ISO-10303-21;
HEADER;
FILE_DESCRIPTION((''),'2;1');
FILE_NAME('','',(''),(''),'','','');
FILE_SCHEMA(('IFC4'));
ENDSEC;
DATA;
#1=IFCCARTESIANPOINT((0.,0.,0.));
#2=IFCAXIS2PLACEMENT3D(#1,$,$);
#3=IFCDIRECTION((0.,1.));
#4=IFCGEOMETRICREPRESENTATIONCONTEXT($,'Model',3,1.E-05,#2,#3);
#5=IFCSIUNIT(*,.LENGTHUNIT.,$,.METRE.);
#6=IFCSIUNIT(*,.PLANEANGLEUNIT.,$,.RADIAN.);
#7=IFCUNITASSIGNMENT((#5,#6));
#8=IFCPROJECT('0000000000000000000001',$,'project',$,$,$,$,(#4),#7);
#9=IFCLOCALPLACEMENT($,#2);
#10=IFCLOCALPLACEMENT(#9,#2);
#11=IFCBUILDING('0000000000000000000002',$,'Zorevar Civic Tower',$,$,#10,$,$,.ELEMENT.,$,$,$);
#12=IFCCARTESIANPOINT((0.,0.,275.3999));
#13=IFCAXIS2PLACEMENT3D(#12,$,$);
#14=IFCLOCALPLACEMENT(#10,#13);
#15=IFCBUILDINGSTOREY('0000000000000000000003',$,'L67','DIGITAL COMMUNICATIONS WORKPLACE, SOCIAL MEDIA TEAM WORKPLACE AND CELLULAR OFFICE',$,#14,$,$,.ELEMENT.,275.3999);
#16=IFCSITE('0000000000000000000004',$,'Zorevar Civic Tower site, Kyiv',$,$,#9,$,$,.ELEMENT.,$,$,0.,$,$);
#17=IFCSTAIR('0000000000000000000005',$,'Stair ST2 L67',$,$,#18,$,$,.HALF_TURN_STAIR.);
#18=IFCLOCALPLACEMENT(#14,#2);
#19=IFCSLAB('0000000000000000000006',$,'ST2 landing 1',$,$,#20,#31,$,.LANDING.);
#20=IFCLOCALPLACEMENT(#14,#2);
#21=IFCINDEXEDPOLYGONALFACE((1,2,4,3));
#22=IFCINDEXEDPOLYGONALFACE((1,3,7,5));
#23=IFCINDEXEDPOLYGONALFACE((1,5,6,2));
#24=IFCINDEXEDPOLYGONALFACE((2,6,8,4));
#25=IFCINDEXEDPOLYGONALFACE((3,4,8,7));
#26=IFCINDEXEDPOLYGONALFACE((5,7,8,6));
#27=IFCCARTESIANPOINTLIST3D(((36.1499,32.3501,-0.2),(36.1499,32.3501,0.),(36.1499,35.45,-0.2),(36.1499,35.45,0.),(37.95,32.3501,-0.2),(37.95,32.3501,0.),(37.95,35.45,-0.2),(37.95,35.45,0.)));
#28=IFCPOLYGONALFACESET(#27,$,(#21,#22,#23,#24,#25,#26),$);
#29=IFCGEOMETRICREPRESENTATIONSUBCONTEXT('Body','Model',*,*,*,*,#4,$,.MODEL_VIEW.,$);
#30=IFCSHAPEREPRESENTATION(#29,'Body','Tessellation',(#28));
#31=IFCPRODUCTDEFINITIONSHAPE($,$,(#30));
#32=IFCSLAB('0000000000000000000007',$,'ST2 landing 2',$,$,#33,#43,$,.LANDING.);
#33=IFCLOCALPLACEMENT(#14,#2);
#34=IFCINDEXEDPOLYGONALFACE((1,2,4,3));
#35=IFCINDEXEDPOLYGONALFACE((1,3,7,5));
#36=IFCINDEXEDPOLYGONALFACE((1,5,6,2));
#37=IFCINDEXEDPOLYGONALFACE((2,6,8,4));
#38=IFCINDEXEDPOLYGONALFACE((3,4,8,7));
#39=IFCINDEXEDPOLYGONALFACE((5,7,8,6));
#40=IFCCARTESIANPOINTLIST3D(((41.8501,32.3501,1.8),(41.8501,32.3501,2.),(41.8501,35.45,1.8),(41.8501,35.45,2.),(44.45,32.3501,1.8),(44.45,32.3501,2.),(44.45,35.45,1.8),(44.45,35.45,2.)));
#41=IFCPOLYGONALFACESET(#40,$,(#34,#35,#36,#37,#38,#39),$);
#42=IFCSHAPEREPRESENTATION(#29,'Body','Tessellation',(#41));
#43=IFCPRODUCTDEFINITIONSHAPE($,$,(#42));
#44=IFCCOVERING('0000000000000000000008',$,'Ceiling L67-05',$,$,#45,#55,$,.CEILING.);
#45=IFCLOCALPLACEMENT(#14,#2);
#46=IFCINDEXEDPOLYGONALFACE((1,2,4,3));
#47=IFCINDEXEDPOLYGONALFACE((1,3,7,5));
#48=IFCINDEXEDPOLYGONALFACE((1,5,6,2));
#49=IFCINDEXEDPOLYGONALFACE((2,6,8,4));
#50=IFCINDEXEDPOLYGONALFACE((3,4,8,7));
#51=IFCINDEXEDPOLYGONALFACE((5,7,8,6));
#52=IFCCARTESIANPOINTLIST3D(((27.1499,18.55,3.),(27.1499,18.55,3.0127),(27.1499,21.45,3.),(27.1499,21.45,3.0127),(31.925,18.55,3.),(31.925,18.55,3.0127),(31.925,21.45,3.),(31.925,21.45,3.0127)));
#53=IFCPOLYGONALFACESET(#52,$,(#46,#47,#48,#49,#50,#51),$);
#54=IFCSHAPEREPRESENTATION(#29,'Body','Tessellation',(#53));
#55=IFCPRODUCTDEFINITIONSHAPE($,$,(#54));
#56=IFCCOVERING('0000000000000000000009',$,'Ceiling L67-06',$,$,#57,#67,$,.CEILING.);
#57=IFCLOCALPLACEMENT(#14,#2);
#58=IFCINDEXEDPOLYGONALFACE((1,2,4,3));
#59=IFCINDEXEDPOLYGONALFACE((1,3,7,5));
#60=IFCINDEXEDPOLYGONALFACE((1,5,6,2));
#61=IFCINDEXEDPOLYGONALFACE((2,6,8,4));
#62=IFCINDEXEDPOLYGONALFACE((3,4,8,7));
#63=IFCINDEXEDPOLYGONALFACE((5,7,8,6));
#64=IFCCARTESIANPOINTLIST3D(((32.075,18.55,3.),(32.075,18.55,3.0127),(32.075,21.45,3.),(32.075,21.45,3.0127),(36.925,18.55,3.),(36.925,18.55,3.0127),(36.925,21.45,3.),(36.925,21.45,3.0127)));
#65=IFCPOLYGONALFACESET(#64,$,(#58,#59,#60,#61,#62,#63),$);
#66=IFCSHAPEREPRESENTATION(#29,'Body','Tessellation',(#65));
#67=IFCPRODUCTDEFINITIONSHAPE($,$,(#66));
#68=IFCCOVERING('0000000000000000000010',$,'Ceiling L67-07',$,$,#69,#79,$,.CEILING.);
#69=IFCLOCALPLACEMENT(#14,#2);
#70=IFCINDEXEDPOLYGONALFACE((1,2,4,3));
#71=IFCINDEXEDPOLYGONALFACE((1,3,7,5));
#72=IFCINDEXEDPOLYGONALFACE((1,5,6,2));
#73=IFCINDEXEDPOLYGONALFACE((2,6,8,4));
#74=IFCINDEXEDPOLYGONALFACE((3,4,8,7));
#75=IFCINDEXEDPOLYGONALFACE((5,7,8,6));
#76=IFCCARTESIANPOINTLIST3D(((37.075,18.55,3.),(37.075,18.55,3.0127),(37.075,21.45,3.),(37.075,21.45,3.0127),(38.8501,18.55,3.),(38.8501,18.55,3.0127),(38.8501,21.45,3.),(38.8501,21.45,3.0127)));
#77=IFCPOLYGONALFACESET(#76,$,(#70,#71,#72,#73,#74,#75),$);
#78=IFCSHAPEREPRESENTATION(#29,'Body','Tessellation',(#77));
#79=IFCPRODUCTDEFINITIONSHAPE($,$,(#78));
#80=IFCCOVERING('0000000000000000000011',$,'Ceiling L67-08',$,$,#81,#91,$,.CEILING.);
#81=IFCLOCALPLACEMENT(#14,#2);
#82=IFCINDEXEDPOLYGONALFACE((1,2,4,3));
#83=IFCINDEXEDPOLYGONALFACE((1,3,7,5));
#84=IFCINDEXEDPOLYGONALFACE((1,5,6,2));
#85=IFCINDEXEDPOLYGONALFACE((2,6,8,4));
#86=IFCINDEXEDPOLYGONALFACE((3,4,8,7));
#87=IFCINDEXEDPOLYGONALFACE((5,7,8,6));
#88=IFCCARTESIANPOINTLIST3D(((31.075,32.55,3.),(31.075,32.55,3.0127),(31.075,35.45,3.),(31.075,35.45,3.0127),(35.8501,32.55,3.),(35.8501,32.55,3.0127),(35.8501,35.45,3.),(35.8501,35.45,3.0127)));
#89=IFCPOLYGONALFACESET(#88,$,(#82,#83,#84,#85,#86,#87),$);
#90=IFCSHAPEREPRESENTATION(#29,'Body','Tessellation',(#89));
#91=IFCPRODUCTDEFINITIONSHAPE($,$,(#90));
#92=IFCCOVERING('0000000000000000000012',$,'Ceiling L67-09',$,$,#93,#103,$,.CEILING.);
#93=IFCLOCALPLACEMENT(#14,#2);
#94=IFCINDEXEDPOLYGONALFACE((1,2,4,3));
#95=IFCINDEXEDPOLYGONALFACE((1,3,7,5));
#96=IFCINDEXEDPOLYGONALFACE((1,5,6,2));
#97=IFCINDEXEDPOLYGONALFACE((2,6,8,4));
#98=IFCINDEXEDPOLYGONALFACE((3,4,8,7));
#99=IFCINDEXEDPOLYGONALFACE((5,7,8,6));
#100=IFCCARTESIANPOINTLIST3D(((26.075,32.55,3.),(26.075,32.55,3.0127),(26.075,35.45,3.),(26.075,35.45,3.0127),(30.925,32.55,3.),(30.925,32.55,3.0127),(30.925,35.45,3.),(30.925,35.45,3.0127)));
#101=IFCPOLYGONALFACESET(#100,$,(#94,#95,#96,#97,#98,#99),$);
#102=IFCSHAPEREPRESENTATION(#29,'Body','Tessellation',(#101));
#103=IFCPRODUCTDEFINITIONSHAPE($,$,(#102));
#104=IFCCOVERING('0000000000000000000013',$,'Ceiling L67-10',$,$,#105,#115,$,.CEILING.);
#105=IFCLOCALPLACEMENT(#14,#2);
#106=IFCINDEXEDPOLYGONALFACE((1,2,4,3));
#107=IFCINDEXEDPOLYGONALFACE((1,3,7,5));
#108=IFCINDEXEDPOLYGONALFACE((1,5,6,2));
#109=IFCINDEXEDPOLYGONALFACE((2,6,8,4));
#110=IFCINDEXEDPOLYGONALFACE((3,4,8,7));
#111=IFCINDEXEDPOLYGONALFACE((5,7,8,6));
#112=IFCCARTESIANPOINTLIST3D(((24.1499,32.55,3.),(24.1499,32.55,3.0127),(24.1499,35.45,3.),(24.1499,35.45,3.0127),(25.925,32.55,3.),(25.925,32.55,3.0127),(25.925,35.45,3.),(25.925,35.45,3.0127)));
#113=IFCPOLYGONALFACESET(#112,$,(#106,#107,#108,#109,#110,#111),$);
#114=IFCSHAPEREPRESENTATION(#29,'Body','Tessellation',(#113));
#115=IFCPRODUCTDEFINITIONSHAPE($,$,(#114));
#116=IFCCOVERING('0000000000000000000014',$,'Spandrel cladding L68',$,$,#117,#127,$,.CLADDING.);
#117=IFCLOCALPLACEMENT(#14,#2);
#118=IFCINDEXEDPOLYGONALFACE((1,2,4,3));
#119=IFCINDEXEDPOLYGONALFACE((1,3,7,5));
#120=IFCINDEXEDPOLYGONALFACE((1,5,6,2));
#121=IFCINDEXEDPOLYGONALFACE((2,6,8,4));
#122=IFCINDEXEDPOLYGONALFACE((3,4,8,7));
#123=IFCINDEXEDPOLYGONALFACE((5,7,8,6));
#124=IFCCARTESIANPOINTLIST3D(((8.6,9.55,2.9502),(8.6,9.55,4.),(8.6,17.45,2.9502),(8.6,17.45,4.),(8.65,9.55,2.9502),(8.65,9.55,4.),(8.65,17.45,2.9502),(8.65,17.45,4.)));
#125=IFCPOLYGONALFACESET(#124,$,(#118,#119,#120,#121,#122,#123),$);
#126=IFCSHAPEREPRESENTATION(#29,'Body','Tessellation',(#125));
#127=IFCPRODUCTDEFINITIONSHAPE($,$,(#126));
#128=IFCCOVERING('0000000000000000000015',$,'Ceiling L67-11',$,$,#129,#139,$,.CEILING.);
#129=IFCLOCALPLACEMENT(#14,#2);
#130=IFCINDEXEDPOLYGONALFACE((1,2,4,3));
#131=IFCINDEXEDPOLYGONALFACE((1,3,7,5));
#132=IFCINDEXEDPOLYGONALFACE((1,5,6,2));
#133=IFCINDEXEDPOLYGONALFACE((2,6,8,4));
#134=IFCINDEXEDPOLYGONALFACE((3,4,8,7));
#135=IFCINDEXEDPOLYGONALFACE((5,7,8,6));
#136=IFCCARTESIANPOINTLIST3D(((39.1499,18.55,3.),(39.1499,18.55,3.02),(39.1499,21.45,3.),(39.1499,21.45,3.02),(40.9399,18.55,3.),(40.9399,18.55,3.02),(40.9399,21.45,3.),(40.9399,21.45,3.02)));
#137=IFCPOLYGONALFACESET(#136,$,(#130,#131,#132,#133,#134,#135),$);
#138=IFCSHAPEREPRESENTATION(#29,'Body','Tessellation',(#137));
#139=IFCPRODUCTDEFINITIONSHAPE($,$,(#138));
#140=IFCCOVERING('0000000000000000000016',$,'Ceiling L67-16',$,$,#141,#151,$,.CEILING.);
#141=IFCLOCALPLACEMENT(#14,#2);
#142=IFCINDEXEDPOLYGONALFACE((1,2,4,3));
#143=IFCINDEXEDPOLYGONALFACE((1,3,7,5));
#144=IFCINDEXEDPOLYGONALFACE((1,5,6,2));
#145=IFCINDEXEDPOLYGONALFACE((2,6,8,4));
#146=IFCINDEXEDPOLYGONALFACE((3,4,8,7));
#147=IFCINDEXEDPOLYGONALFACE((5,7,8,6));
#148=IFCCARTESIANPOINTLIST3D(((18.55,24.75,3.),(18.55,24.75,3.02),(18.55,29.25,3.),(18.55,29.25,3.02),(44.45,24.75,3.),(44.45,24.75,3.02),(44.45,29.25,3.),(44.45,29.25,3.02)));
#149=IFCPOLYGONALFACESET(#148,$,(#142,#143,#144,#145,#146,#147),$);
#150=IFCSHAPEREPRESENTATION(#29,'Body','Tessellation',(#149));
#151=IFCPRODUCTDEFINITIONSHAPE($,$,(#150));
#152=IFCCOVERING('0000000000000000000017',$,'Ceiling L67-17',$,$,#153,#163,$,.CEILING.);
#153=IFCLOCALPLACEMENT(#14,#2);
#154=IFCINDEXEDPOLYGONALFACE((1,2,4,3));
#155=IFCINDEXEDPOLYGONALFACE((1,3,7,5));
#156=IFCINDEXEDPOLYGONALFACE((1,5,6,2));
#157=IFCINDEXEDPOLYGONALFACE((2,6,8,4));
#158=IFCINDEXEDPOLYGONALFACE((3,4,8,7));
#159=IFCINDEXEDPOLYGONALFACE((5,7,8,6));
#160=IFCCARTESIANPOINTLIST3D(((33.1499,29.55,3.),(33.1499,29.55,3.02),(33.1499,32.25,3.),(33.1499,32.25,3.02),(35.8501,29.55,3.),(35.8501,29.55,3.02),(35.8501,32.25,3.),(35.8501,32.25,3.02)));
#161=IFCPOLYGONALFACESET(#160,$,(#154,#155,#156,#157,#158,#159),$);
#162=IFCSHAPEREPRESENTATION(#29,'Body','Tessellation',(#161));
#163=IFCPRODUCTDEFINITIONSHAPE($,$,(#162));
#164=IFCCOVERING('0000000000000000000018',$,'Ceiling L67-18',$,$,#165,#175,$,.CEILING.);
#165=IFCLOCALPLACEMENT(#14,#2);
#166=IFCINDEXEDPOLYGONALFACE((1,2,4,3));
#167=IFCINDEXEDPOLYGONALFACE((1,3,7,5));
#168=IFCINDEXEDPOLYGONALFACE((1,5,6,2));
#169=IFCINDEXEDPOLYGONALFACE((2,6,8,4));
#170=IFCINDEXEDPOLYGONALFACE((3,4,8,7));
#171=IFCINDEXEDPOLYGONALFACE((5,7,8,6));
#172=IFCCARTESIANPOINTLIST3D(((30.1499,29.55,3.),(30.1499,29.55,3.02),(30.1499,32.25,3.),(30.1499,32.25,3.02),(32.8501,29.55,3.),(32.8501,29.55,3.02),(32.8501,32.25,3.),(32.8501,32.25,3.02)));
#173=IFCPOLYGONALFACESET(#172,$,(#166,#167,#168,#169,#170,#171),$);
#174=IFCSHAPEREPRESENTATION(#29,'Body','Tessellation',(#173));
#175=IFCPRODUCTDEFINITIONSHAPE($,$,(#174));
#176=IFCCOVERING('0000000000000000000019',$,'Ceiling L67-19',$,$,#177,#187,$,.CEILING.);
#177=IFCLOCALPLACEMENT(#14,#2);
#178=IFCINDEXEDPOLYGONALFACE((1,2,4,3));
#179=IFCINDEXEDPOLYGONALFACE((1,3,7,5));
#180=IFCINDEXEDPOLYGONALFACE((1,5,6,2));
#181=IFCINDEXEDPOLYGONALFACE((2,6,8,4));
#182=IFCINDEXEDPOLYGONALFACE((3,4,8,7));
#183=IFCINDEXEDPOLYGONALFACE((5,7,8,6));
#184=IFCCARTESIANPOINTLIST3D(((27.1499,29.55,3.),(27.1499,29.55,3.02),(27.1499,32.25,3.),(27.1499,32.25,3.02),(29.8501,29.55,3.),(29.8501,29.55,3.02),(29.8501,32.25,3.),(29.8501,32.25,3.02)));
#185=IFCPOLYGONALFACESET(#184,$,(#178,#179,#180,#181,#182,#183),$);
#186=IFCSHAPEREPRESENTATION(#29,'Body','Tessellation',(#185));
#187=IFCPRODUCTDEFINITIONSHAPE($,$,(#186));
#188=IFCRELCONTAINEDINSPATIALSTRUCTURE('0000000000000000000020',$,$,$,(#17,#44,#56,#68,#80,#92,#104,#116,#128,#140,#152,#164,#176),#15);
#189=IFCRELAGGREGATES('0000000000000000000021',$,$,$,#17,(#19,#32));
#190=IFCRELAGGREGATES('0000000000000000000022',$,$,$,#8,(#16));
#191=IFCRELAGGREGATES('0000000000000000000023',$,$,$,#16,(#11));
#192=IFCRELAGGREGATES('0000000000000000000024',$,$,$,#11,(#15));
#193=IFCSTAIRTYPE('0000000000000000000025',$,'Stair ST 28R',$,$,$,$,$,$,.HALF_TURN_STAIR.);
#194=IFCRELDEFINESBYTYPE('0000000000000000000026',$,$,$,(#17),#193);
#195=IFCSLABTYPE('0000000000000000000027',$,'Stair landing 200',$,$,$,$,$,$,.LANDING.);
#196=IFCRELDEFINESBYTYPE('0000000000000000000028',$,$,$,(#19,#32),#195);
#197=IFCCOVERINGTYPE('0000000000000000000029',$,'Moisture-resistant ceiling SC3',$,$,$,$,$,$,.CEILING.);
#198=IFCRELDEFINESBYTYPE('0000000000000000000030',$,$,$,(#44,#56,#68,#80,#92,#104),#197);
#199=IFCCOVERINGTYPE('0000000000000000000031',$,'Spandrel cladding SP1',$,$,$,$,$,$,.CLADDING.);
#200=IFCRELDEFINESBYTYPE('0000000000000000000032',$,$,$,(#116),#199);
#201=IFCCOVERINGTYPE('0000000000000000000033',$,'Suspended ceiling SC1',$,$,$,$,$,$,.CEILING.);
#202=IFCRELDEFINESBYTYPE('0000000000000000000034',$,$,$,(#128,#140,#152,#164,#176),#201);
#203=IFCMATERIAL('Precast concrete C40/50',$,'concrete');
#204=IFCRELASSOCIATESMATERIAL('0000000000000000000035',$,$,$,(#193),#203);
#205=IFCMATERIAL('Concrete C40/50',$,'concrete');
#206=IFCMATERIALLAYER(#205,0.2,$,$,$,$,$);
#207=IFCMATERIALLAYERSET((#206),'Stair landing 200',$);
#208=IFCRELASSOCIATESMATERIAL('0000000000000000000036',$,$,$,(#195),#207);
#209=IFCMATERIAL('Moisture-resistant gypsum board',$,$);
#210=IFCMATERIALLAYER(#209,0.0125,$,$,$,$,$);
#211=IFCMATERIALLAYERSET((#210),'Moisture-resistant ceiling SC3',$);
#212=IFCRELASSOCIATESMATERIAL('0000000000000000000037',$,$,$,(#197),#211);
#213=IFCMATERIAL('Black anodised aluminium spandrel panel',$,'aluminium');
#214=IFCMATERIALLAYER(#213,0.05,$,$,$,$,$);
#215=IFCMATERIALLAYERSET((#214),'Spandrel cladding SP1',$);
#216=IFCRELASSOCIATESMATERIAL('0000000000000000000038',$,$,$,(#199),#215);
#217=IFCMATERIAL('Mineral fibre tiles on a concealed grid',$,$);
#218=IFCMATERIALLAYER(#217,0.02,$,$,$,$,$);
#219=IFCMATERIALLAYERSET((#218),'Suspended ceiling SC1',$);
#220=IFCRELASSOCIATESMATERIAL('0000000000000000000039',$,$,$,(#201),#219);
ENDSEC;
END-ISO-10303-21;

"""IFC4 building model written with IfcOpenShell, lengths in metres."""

from ifc_helpers import new_model, si_unit, direction, frame, frame_2d, origin, place, context, subcontext, project, spatial, polyline, rectangle, outline, extrude, material, layer, layer_set, type_object, element, aggregate, save


model = new_model("IFC4")

# Units and contexts
model_context = context("Model", 3, precision=1e-05, world=origin(), true_north=direction((0.0, 1.0)))
body_context = subcontext(model_context, "Body", "Model", "MODEL_VIEW")
ifc_project = project(units=[si_unit("LENGTHUNIT", "METRE"), si_unit("PLANEANGLEUNIT", "RADIAN")], contexts=[model_context])

# Site, building, storey
site_placement = place(None, origin())
site = spatial("IfcSite", under=ifc_project, at=site_placement, Name="Zorevar Civic Tower site, Kyiv", CompositionType="ELEMENT", RefElevation=0.0)
building_placement = place(site_placement, origin())
building = spatial("IfcBuilding", under=site, at=building_placement, Name="Zorevar Civic Tower", CompositionType="ELEMENT")
storey_placement = place(building_placement, frame((0.0, 0.0, 275.3999)))
storey = spatial("IfcBuildingStorey", under=building, at=storey_placement, Name="L67", Description="DIGITAL COMMUNICATIONS WORKPLACE, SOCIAL MEDIA TEAM WORKPLACE AND CELLULAR OFFICE", CompositionType="ELEMENT", Elevation=275.3999)

# Stair, slabs
ifc_material_1 = material(Name="Precast concrete C40/50", Category="concrete")
stair_type = type_object("IfcStairType", Name="Stair ST 28R", PredefinedType="HALF_TURN_STAIR", material=ifc_material_1)
ifc_material_2 = material(Name="Concrete C40/50", Category="concrete")
ifc_layer_1 = layer(ifc_material_2, 0.2)
ifc_layer_set_1 = layer_set([ifc_layer_1], Name="Stair landing 200")
slab_type_1 = type_object("IfcSlabType", Name="Stair landing 200", PredefinedType="LANDING", material=ifc_layer_set_1)
stair_1_placement = place(storey_placement, origin())
stair_1 = element("IfcStair", 1, at=stair_1_placement, inside=storey, type_object=stair_type, Name="Stair ST2 L67", PredefinedType="HALF_TURN_STAIR")
slab_1_placement = place(storey_placement, frame((0.0, 0.0, -0.2)))
slab_1 = element("IfcSlab", 2, at=slab_1_placement, type_object=slab_type_1, Name="ST2 landing 1", PredefinedType="LANDING", context=body_context, shape_type="SweptSolid", body=[
    extrude(outline(polyline([(37.95, 32.3501), (36.1499, 32.3501), (36.1499, 35.45), (37.95, 35.45), (37.95, 32.3501)])), origin(), (0.0, 0.0, 1.0), 0.2),
])
slab_2_placement = place(storey_placement, frame((0.0, 0.0, 1.8)))
slab_2 = element("IfcSlab", 3, at=slab_2_placement, type_object=slab_type_1, Name="ST2 landing 2", PredefinedType="LANDING", context=body_context, shape_type="SweptSolid", body=[
    extrude(outline(polyline([(44.45, 32.3501), (41.8501, 32.3501), (41.8501, 35.45), (44.45, 35.45), (44.45, 32.3501)])), origin(), (0.0, 0.0, 1.0), 0.2),
])
aggregate(stair_1, [slab_1, slab_2])

# Coverings
ifc_material_3 = material(Name="Moisture-resistant gypsum board")
ifc_layer_2 = layer(ifc_material_3, 0.0125)
ifc_layer_set_2 = layer_set([ifc_layer_2], Name="Moisture-resistant ceiling SC3")
covering_type_1 = type_object("IfcCoveringType", Name="Moisture-resistant ceiling SC3", PredefinedType="CEILING", material=ifc_layer_set_2)
covering_1_placement = place(storey_placement, frame((0.0, 0.0, 3.0)))
element("IfcCovering", 4, at=covering_1_placement, inside=storey, type_object=covering_type_1, Name="Ceiling L67-05", PredefinedType="CEILING", context=body_context, shape_type="SweptSolid", body=[
    extrude(outline(polyline([(31.925, 18.55), (31.925, 21.45), (27.1499, 21.45), (27.1499, 18.55), (31.925, 18.55)])), origin(), (0.0, 0.0, 1.0), 0.0127),
])
covering_2_placement = place(storey_placement, frame((0.0, 0.0, 3.0)))
element("IfcCovering", 5, at=covering_2_placement, inside=storey, type_object=covering_type_1, Name="Ceiling L67-06", PredefinedType="CEILING", context=body_context, shape_type="SweptSolid", body=[
    extrude(outline(polyline([(36.925, 18.55), (36.925, 21.45), (32.075, 21.45), (32.075, 18.55), (36.925, 18.55)])), origin(), (0.0, 0.0, 1.0), 0.0127),
])
covering_3_placement = place(storey_placement, frame((0.0, 0.0, 3.0)))
element("IfcCovering", 6, at=covering_3_placement, inside=storey, type_object=covering_type_1, Name="Ceiling L67-07", PredefinedType="CEILING", context=body_context, shape_type="SweptSolid", body=[
    extrude(outline(polyline([(38.8501, 18.55), (38.8501, 21.45), (37.075, 21.45), (37.075, 18.55), (38.8501, 18.55)])), origin(), (0.0, 0.0, 1.0), 0.0127),
])
covering_4_placement = place(storey_placement, frame((0.0, 0.0, 3.0)))
element("IfcCovering", 7, at=covering_4_placement, inside=storey, type_object=covering_type_1, Name="Ceiling L67-08", PredefinedType="CEILING", context=body_context, shape_type="SweptSolid", body=[
    extrude(outline(polyline([(35.8501, 32.55), (35.8501, 35.45), (31.075, 35.45), (31.075, 32.55), (35.8501, 32.55)])), origin(), (0.0, 0.0, 1.0), 0.0127),
])
covering_5_placement = place(storey_placement, frame((0.0, 0.0, 3.0)))
element("IfcCovering", 8, at=covering_5_placement, inside=storey, type_object=covering_type_1, Name="Ceiling L67-09", PredefinedType="CEILING", context=body_context, shape_type="SweptSolid", body=[
    extrude(outline(polyline([(30.925, 32.55), (30.925, 35.45), (26.075, 35.45), (26.075, 32.55), (30.925, 32.55)])), origin(), (0.0, 0.0, 1.0), 0.0127),
])
covering_6_placement = place(storey_placement, frame((0.0, 0.0, 3.0)))
element("IfcCovering", 9, at=covering_6_placement, inside=storey, type_object=covering_type_1, Name="Ceiling L67-10", PredefinedType="CEILING", context=body_context, shape_type="SweptSolid", body=[
    extrude(outline(polyline([(25.925, 32.55), (25.925, 35.45), (24.1499, 35.45), (24.1499, 32.55), (25.925, 32.55)])), origin(), (0.0, 0.0, 1.0), 0.0127),
])
ifc_material_4 = material(Name="Black anodised aluminium spandrel panel", Category="aluminium")
ifc_layer_3 = layer(ifc_material_4, 0.05)
ifc_layer_set_3 = layer_set([ifc_layer_3], Name="Spandrel cladding SP1")
covering_type_2 = type_object("IfcCoveringType", Name="Spandrel cladding SP1", PredefinedType="CLADDING", material=ifc_layer_set_3)
covering_7_placement = place(storey_placement, frame((8.625, 9.55, 2.9502), z_axis=(0.0, 0.0, 1.0), x_axis=(0.0, 1.0, 0.0)))
element("IfcCovering", 10, at=covering_7_placement, inside=storey, type_object=covering_type_2, Name="Spandrel cladding L68", PredefinedType="CLADDING", context=body_context, shape_type="SweptSolid", body=[
    extrude(rectangle(XDim=7.8999, YDim=0.05, at=frame_2d((3.95, 0.0))), origin(), (0.0, 0.0, 1.0), 1.0498),
])
ifc_material_5 = material(Name="Mineral fibre tiles on a concealed grid")
ifc_layer_4 = layer(ifc_material_5, 0.02)
ifc_layer_set_4 = layer_set([ifc_layer_4], Name="Suspended ceiling SC1")
covering_type_3 = type_object("IfcCoveringType", Name="Suspended ceiling SC1", PredefinedType="CEILING", material=ifc_layer_set_4)
covering_8_placement = place(storey_placement, frame((0.0, 0.0, 3.0)))
element("IfcCovering", 11, at=covering_8_placement, inside=storey, type_object=covering_type_3, Name="Ceiling L67-11", PredefinedType="CEILING", context=body_context, shape_type="SweptSolid", body=[
    extrude(outline(polyline([(40.9399, 18.55), (40.9399, 21.45), (39.1499, 21.45), (39.1499, 18.55), (40.9399, 18.55)])), origin(), (0.0, 0.0, 1.0), 0.02),
])
covering_9_placement = place(storey_placement, frame((0.0, 0.0, 3.0)))
element("IfcCovering", 12, at=covering_9_placement, inside=storey, type_object=covering_type_3, Name="Ceiling L67-16", PredefinedType="CEILING", context=body_context, shape_type="SweptSolid", body=[
    extrude(outline(polyline([(44.45, 24.75), (44.45, 29.25), (18.55, 29.25), (18.55, 24.75), (44.45, 24.75)])), origin(), (0.0, 0.0, 1.0), 0.02),
])
covering_10_placement = place(storey_placement, frame((0.0, 0.0, 3.0)))
element("IfcCovering", 13, at=covering_10_placement, inside=storey, type_object=covering_type_3, Name="Ceiling L67-17", PredefinedType="CEILING", context=body_context, shape_type="SweptSolid", body=[
    extrude(outline(polyline([(35.8501, 29.55), (35.8501, 32.25), (33.1499, 32.25), (33.1499, 29.55), (35.8501, 29.55)])), origin(), (0.0, 0.0, 1.0), 0.02),
])
covering_11_placement = place(storey_placement, frame((0.0, 0.0, 3.0)))
element("IfcCovering", 14, at=covering_11_placement, inside=storey, type_object=covering_type_3, Name="Ceiling L67-18", PredefinedType="CEILING", context=body_context, shape_type="SweptSolid", body=[
    extrude(outline(polyline([(32.8501, 29.55), (32.8501, 32.25), (30.1499, 32.25), (30.1499, 29.55), (32.8501, 29.55)])), origin(), (0.0, 0.0, 1.0), 0.02),
])
covering_12_placement = place(storey_placement, frame((0.0, 0.0, 3.0)))
element("IfcCovering", 15, at=covering_12_placement, inside=storey, type_object=covering_type_3, Name="Ceiling L67-19", PredefinedType="CEILING", context=body_context, shape_type="SweptSolid", body=[
    extrude(outline(polyline([(29.8501, 29.55), (29.8501, 32.25), (27.1499, 32.25), (27.1499, 29.55), (29.8501, 29.55)])), origin(), (0.0, 0.0, 1.0), 0.02),
])

save(model, "model.ifc")
